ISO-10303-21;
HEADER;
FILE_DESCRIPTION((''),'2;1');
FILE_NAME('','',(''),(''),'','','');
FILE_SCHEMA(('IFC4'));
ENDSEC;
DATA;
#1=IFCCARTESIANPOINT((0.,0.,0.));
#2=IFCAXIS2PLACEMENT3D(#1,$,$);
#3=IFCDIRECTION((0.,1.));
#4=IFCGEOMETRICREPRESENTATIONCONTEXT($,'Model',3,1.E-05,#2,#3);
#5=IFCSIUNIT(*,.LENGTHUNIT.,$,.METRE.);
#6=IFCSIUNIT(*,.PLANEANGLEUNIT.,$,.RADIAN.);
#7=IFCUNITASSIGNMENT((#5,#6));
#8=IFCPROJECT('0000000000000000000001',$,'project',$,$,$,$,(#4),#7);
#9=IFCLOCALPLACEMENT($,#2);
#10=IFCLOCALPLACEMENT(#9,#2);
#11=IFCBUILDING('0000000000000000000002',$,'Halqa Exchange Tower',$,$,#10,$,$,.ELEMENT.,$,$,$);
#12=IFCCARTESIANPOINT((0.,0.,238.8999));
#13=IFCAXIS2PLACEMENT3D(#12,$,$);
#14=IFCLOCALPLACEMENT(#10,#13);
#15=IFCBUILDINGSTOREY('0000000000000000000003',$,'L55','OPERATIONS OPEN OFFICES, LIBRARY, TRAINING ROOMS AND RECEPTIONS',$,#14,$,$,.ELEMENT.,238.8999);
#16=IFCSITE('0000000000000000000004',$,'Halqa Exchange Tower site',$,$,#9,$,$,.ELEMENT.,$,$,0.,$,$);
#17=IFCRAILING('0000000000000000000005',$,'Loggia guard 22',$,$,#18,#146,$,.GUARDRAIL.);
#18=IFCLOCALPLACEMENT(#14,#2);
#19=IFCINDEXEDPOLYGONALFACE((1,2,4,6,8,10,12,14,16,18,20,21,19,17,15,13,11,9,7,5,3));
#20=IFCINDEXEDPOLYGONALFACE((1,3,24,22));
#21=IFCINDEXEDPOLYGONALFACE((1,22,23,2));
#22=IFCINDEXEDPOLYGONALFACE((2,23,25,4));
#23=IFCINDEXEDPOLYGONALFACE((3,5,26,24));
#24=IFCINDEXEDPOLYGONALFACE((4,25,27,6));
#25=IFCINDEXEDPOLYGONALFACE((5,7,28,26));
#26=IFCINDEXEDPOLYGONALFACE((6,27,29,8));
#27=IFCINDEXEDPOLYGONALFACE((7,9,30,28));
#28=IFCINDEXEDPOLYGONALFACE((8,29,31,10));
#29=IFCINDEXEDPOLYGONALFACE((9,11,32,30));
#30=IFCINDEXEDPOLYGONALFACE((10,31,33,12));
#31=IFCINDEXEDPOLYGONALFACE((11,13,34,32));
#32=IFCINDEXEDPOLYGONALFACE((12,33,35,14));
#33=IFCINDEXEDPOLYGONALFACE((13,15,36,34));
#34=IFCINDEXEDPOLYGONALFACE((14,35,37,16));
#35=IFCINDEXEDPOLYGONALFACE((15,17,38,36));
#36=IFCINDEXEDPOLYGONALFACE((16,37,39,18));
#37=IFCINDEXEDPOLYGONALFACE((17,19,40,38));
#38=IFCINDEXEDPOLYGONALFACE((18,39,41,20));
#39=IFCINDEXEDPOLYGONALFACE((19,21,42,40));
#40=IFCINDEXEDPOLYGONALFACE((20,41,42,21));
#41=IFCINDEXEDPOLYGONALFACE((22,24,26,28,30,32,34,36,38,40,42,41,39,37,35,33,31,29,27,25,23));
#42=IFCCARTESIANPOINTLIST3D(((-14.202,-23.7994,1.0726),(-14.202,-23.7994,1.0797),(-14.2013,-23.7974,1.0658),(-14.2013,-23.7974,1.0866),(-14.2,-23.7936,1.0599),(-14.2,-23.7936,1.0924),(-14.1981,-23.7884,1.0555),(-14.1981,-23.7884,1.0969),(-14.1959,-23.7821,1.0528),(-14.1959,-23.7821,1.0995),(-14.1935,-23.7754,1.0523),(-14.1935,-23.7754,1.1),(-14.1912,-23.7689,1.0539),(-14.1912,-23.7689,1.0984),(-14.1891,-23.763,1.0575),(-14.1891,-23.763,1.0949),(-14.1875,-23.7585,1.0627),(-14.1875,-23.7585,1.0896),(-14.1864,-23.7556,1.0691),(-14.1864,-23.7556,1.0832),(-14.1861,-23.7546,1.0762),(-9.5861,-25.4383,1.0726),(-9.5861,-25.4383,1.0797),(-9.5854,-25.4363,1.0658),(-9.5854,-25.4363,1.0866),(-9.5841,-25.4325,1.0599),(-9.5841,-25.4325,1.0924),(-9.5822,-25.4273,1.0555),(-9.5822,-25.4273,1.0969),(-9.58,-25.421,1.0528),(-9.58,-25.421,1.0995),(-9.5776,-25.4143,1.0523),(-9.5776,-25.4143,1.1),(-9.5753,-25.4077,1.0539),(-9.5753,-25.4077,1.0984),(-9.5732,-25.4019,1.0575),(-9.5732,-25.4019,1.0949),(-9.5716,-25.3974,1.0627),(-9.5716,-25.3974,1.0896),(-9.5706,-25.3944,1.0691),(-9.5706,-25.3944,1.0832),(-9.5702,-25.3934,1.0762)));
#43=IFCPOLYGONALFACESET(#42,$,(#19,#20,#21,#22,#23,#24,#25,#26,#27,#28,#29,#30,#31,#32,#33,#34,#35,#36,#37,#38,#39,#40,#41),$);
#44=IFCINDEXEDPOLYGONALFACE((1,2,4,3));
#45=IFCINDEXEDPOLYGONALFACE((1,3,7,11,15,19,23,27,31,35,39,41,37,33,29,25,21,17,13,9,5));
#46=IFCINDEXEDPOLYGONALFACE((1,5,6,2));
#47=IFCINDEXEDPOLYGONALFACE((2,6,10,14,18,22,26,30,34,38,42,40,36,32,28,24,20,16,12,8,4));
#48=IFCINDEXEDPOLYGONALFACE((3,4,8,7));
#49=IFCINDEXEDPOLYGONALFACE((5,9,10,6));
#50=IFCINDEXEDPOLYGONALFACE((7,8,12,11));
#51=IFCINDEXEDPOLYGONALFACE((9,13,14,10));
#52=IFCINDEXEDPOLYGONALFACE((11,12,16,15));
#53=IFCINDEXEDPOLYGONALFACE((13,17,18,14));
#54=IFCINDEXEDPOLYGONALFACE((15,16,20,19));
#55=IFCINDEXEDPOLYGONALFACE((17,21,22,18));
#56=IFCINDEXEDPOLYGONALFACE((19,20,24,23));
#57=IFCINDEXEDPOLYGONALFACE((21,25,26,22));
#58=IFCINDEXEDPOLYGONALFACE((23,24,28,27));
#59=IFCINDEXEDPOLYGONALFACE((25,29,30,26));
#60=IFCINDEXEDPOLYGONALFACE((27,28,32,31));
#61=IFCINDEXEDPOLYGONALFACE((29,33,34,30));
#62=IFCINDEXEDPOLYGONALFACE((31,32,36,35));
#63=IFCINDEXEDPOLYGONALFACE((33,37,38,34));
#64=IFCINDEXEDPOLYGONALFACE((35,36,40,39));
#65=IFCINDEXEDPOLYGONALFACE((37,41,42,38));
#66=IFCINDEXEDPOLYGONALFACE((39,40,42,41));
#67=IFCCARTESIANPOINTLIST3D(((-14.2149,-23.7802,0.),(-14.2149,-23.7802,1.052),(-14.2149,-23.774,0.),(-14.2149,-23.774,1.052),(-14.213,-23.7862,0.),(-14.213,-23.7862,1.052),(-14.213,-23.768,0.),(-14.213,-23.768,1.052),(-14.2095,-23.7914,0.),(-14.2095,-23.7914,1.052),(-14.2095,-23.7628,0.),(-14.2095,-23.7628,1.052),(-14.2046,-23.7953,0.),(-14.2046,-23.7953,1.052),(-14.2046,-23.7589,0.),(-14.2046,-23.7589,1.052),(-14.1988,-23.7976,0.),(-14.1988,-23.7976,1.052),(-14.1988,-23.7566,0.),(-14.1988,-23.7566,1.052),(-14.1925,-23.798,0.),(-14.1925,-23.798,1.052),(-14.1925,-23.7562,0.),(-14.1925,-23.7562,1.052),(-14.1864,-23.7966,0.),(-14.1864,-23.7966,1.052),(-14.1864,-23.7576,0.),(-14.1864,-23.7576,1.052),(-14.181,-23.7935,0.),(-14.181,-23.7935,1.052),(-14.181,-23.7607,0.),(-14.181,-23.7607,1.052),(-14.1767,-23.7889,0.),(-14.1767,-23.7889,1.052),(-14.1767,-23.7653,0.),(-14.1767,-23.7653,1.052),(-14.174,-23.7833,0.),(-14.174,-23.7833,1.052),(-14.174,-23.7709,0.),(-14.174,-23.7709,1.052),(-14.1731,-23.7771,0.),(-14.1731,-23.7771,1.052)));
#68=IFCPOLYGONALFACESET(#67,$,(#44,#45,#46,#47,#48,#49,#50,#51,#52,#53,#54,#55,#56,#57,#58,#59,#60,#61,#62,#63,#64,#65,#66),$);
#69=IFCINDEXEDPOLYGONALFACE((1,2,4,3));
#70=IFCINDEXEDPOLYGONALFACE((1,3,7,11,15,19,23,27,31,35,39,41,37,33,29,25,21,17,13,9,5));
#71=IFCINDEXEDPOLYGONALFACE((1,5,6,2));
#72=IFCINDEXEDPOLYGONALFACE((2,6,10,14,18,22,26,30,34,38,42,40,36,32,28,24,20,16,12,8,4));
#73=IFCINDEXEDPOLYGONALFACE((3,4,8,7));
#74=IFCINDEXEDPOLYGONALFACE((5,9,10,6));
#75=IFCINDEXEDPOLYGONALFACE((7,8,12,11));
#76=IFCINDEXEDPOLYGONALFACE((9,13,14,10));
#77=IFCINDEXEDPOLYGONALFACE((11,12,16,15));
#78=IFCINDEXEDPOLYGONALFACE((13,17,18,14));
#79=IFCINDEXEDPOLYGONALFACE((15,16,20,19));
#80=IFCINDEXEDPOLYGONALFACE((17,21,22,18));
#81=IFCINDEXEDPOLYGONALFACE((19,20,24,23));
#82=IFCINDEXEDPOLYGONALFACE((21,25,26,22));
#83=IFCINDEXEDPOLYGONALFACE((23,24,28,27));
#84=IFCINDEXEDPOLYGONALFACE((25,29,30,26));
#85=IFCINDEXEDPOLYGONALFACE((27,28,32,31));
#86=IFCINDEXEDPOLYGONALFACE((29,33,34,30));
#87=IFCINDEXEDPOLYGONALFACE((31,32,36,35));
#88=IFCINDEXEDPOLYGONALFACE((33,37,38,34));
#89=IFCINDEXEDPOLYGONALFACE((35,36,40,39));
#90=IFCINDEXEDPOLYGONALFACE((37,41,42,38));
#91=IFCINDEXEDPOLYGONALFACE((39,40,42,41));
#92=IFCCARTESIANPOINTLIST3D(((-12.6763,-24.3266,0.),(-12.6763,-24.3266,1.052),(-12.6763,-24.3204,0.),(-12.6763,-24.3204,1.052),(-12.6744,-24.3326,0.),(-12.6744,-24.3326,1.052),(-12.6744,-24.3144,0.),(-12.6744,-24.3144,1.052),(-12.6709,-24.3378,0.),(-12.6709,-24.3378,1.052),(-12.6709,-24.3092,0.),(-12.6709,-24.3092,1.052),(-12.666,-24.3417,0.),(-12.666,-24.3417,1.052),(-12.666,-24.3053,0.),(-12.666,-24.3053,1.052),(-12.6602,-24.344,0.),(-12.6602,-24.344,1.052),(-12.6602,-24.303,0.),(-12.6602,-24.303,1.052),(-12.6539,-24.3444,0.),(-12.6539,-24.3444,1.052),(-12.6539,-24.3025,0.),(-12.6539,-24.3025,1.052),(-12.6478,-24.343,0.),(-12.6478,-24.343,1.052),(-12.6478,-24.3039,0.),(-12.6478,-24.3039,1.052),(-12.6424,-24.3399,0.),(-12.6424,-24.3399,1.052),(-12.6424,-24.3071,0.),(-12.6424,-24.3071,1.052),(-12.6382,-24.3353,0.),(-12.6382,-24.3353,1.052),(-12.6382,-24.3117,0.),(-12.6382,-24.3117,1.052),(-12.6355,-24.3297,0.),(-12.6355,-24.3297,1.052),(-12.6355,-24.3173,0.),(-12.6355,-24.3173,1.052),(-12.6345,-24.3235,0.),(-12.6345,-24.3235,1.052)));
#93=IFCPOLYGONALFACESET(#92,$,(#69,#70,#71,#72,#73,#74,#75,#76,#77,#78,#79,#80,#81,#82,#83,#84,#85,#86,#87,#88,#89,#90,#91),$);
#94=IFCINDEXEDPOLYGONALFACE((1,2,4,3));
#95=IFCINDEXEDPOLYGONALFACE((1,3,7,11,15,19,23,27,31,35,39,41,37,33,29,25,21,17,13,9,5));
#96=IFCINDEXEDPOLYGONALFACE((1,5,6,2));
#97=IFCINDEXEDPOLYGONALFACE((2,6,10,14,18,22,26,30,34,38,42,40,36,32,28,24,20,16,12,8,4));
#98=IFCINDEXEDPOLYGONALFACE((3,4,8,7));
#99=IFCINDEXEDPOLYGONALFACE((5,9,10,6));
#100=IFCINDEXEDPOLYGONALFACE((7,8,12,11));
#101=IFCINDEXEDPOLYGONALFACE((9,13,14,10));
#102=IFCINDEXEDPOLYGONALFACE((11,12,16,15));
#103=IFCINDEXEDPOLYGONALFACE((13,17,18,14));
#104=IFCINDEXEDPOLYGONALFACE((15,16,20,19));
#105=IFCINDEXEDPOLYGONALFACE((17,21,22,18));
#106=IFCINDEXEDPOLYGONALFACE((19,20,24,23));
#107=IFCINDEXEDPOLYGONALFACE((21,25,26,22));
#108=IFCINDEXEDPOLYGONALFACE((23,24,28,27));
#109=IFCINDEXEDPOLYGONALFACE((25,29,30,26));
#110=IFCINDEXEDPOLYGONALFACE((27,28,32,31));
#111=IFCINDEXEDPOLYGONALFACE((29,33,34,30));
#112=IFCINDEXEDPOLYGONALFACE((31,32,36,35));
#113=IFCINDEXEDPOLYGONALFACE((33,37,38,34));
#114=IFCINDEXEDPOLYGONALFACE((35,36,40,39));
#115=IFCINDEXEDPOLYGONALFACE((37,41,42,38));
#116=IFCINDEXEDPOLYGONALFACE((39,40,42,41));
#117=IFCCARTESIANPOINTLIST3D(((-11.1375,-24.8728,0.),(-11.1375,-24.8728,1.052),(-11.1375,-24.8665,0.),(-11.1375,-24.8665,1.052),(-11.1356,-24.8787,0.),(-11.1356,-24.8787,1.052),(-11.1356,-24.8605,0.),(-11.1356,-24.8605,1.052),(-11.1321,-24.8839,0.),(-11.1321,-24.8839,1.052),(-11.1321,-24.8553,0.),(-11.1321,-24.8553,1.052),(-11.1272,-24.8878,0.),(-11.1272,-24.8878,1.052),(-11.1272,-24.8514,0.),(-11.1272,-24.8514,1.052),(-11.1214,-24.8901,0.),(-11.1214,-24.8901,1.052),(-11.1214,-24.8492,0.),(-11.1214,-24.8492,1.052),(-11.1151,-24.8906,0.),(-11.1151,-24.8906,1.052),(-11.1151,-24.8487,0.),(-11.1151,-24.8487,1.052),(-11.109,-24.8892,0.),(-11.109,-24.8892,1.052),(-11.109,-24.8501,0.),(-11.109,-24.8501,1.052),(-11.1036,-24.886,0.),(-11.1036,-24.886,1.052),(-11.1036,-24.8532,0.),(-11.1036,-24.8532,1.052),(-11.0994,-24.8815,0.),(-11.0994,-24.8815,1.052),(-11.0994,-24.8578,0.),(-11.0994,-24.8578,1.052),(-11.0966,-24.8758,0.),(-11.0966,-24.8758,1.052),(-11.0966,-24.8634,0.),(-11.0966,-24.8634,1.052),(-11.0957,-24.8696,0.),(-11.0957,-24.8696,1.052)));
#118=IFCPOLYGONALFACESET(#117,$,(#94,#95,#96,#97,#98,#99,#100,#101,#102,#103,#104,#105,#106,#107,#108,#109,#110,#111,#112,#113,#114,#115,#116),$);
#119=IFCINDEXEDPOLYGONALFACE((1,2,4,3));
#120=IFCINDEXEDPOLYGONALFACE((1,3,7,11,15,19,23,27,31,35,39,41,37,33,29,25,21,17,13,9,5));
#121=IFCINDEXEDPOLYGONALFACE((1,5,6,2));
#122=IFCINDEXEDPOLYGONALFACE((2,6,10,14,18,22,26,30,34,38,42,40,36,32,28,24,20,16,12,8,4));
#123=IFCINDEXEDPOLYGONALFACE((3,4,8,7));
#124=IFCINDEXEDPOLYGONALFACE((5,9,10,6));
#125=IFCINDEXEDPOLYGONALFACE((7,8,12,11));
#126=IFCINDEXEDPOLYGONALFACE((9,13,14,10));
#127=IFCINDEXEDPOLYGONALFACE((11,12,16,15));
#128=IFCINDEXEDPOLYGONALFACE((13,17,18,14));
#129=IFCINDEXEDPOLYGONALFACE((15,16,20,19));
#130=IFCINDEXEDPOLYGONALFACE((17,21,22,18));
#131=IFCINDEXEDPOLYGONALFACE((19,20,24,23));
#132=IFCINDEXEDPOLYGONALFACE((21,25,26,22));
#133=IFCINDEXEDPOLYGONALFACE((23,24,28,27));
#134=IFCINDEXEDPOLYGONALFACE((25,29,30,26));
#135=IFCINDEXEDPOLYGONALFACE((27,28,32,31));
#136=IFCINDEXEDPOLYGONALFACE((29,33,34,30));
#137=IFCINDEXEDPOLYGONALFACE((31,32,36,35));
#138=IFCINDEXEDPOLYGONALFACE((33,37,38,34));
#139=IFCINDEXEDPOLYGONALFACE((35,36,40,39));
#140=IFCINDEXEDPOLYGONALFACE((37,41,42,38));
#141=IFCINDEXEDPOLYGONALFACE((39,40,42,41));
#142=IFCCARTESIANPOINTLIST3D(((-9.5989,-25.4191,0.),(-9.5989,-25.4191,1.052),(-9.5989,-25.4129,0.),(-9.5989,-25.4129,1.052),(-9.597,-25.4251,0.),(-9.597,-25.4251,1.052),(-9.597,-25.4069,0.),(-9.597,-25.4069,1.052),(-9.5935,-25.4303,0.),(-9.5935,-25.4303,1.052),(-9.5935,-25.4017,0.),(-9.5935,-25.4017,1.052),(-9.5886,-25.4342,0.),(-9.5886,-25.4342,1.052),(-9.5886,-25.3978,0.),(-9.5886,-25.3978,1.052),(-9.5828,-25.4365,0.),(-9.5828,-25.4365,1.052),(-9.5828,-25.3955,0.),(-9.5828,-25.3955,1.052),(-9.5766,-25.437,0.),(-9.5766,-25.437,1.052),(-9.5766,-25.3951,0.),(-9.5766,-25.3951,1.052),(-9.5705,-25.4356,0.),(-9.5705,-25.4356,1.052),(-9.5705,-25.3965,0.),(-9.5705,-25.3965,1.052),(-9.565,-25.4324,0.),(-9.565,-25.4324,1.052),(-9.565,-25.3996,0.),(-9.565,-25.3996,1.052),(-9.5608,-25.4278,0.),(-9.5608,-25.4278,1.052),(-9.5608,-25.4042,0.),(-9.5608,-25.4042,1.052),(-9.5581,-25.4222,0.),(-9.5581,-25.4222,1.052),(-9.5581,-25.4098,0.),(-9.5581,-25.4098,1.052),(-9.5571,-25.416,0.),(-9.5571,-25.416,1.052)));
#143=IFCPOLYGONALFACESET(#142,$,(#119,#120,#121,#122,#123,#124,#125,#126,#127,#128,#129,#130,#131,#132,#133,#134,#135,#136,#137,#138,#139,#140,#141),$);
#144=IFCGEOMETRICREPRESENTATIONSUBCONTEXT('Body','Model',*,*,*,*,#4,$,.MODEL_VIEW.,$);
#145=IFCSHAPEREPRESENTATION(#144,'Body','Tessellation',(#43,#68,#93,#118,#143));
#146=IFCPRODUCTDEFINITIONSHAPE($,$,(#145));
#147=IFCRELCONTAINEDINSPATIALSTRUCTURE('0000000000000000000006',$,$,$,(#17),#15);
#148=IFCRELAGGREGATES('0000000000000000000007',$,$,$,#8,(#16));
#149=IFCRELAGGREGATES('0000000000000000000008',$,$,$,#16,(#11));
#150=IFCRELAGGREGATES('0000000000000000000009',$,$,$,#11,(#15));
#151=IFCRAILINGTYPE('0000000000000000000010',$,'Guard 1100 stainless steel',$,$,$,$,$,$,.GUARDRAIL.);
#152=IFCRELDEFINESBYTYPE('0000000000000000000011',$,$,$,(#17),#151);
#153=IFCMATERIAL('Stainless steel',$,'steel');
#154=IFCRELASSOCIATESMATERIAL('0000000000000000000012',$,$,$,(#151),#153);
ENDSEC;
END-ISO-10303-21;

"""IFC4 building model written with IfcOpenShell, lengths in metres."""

from ifc_helpers import new_model, si_unit, direction, frame, origin, origin_2d, place, context, subcontext, project, spatial, circle, extrude, material, type_object, element, save


model = new_model("IFC4")

# Units and contexts
model_context = context("Model", 3, precision=1e-05, world=origin(), true_north=direction((0.0, 1.0)))
body_context = subcontext(model_context, "Body", "Model", "MODEL_VIEW")
ifc_project = project(units=[si_unit("LENGTHUNIT", "METRE"), si_unit("PLANEANGLEUNIT", "RADIAN")], contexts=[model_context])

# Site, building, storey
site_placement = place(None, origin())
site = spatial("IfcSite", under=ifc_project, at=site_placement, Name="Halqa Exchange Tower site", CompositionType="ELEMENT", RefElevation=0.0)
building_placement = place(site_placement, origin())
building = spatial("IfcBuilding", under=site, at=building_placement, Name="Halqa Exchange Tower", CompositionType="ELEMENT")
storey_placement = place(building_placement, frame((0.0, 0.0, 238.8999)))
storey = spatial("IfcBuildingStorey", under=building, at=storey_placement, Name="L55", Description="OPERATIONS OPEN OFFICES, LIBRARY, TRAINING ROOMS AND RECEPTIONS", CompositionType="ELEMENT", Elevation=238.8999)

# Railing
ifc_material_1 = material(Name="Stainless steel", Category="steel")
railing_type = type_object("IfcRailingType", Name="Guard 1100 stainless steel", PredefinedType="GUARDRAIL", material=ifc_material_1)
railing_1_placement = place(storey_placement, frame((-14.1941, -23.7771, 0.0)))
element("IfcRailing", 1, at=railing_1_placement, inside=storey, type_object=railing_type, Name="Loggia guard 22", PredefinedType="GUARDRAIL", context=body_context, shape_type="SweptSolid", body=[
    extrude(circle(Radius=0.0239, at=origin_2d()), frame((0.0, 0.0, 1.0762), z_axis=(0.942364, -0.33459, 0.0), x_axis=(0.33459, 0.942364, 0.0)), (0.0, 0.0, 1.0), 4.8982),
    extrude(circle(Radius=0.021, at=origin_2d()), origin(), (0.0, 0.0, 1.0), 1.052),
    extrude(circle(Radius=0.021, at=origin_2d()), frame((1.5386, -0.5464, 0.0)), (0.0, 0.0, 1.0), 1.052),
    extrude(circle(Radius=0.021, at=origin_2d()), frame((3.0774, -1.0925, 0.0)), (0.0, 0.0, 1.0), 1.052),
    extrude(circle(Radius=0.021, at=origin_2d()), frame((4.616, -1.6389, 0.0)), (0.0, 0.0, 1.0), 1.052),
])

save(model, "model.ifc")
